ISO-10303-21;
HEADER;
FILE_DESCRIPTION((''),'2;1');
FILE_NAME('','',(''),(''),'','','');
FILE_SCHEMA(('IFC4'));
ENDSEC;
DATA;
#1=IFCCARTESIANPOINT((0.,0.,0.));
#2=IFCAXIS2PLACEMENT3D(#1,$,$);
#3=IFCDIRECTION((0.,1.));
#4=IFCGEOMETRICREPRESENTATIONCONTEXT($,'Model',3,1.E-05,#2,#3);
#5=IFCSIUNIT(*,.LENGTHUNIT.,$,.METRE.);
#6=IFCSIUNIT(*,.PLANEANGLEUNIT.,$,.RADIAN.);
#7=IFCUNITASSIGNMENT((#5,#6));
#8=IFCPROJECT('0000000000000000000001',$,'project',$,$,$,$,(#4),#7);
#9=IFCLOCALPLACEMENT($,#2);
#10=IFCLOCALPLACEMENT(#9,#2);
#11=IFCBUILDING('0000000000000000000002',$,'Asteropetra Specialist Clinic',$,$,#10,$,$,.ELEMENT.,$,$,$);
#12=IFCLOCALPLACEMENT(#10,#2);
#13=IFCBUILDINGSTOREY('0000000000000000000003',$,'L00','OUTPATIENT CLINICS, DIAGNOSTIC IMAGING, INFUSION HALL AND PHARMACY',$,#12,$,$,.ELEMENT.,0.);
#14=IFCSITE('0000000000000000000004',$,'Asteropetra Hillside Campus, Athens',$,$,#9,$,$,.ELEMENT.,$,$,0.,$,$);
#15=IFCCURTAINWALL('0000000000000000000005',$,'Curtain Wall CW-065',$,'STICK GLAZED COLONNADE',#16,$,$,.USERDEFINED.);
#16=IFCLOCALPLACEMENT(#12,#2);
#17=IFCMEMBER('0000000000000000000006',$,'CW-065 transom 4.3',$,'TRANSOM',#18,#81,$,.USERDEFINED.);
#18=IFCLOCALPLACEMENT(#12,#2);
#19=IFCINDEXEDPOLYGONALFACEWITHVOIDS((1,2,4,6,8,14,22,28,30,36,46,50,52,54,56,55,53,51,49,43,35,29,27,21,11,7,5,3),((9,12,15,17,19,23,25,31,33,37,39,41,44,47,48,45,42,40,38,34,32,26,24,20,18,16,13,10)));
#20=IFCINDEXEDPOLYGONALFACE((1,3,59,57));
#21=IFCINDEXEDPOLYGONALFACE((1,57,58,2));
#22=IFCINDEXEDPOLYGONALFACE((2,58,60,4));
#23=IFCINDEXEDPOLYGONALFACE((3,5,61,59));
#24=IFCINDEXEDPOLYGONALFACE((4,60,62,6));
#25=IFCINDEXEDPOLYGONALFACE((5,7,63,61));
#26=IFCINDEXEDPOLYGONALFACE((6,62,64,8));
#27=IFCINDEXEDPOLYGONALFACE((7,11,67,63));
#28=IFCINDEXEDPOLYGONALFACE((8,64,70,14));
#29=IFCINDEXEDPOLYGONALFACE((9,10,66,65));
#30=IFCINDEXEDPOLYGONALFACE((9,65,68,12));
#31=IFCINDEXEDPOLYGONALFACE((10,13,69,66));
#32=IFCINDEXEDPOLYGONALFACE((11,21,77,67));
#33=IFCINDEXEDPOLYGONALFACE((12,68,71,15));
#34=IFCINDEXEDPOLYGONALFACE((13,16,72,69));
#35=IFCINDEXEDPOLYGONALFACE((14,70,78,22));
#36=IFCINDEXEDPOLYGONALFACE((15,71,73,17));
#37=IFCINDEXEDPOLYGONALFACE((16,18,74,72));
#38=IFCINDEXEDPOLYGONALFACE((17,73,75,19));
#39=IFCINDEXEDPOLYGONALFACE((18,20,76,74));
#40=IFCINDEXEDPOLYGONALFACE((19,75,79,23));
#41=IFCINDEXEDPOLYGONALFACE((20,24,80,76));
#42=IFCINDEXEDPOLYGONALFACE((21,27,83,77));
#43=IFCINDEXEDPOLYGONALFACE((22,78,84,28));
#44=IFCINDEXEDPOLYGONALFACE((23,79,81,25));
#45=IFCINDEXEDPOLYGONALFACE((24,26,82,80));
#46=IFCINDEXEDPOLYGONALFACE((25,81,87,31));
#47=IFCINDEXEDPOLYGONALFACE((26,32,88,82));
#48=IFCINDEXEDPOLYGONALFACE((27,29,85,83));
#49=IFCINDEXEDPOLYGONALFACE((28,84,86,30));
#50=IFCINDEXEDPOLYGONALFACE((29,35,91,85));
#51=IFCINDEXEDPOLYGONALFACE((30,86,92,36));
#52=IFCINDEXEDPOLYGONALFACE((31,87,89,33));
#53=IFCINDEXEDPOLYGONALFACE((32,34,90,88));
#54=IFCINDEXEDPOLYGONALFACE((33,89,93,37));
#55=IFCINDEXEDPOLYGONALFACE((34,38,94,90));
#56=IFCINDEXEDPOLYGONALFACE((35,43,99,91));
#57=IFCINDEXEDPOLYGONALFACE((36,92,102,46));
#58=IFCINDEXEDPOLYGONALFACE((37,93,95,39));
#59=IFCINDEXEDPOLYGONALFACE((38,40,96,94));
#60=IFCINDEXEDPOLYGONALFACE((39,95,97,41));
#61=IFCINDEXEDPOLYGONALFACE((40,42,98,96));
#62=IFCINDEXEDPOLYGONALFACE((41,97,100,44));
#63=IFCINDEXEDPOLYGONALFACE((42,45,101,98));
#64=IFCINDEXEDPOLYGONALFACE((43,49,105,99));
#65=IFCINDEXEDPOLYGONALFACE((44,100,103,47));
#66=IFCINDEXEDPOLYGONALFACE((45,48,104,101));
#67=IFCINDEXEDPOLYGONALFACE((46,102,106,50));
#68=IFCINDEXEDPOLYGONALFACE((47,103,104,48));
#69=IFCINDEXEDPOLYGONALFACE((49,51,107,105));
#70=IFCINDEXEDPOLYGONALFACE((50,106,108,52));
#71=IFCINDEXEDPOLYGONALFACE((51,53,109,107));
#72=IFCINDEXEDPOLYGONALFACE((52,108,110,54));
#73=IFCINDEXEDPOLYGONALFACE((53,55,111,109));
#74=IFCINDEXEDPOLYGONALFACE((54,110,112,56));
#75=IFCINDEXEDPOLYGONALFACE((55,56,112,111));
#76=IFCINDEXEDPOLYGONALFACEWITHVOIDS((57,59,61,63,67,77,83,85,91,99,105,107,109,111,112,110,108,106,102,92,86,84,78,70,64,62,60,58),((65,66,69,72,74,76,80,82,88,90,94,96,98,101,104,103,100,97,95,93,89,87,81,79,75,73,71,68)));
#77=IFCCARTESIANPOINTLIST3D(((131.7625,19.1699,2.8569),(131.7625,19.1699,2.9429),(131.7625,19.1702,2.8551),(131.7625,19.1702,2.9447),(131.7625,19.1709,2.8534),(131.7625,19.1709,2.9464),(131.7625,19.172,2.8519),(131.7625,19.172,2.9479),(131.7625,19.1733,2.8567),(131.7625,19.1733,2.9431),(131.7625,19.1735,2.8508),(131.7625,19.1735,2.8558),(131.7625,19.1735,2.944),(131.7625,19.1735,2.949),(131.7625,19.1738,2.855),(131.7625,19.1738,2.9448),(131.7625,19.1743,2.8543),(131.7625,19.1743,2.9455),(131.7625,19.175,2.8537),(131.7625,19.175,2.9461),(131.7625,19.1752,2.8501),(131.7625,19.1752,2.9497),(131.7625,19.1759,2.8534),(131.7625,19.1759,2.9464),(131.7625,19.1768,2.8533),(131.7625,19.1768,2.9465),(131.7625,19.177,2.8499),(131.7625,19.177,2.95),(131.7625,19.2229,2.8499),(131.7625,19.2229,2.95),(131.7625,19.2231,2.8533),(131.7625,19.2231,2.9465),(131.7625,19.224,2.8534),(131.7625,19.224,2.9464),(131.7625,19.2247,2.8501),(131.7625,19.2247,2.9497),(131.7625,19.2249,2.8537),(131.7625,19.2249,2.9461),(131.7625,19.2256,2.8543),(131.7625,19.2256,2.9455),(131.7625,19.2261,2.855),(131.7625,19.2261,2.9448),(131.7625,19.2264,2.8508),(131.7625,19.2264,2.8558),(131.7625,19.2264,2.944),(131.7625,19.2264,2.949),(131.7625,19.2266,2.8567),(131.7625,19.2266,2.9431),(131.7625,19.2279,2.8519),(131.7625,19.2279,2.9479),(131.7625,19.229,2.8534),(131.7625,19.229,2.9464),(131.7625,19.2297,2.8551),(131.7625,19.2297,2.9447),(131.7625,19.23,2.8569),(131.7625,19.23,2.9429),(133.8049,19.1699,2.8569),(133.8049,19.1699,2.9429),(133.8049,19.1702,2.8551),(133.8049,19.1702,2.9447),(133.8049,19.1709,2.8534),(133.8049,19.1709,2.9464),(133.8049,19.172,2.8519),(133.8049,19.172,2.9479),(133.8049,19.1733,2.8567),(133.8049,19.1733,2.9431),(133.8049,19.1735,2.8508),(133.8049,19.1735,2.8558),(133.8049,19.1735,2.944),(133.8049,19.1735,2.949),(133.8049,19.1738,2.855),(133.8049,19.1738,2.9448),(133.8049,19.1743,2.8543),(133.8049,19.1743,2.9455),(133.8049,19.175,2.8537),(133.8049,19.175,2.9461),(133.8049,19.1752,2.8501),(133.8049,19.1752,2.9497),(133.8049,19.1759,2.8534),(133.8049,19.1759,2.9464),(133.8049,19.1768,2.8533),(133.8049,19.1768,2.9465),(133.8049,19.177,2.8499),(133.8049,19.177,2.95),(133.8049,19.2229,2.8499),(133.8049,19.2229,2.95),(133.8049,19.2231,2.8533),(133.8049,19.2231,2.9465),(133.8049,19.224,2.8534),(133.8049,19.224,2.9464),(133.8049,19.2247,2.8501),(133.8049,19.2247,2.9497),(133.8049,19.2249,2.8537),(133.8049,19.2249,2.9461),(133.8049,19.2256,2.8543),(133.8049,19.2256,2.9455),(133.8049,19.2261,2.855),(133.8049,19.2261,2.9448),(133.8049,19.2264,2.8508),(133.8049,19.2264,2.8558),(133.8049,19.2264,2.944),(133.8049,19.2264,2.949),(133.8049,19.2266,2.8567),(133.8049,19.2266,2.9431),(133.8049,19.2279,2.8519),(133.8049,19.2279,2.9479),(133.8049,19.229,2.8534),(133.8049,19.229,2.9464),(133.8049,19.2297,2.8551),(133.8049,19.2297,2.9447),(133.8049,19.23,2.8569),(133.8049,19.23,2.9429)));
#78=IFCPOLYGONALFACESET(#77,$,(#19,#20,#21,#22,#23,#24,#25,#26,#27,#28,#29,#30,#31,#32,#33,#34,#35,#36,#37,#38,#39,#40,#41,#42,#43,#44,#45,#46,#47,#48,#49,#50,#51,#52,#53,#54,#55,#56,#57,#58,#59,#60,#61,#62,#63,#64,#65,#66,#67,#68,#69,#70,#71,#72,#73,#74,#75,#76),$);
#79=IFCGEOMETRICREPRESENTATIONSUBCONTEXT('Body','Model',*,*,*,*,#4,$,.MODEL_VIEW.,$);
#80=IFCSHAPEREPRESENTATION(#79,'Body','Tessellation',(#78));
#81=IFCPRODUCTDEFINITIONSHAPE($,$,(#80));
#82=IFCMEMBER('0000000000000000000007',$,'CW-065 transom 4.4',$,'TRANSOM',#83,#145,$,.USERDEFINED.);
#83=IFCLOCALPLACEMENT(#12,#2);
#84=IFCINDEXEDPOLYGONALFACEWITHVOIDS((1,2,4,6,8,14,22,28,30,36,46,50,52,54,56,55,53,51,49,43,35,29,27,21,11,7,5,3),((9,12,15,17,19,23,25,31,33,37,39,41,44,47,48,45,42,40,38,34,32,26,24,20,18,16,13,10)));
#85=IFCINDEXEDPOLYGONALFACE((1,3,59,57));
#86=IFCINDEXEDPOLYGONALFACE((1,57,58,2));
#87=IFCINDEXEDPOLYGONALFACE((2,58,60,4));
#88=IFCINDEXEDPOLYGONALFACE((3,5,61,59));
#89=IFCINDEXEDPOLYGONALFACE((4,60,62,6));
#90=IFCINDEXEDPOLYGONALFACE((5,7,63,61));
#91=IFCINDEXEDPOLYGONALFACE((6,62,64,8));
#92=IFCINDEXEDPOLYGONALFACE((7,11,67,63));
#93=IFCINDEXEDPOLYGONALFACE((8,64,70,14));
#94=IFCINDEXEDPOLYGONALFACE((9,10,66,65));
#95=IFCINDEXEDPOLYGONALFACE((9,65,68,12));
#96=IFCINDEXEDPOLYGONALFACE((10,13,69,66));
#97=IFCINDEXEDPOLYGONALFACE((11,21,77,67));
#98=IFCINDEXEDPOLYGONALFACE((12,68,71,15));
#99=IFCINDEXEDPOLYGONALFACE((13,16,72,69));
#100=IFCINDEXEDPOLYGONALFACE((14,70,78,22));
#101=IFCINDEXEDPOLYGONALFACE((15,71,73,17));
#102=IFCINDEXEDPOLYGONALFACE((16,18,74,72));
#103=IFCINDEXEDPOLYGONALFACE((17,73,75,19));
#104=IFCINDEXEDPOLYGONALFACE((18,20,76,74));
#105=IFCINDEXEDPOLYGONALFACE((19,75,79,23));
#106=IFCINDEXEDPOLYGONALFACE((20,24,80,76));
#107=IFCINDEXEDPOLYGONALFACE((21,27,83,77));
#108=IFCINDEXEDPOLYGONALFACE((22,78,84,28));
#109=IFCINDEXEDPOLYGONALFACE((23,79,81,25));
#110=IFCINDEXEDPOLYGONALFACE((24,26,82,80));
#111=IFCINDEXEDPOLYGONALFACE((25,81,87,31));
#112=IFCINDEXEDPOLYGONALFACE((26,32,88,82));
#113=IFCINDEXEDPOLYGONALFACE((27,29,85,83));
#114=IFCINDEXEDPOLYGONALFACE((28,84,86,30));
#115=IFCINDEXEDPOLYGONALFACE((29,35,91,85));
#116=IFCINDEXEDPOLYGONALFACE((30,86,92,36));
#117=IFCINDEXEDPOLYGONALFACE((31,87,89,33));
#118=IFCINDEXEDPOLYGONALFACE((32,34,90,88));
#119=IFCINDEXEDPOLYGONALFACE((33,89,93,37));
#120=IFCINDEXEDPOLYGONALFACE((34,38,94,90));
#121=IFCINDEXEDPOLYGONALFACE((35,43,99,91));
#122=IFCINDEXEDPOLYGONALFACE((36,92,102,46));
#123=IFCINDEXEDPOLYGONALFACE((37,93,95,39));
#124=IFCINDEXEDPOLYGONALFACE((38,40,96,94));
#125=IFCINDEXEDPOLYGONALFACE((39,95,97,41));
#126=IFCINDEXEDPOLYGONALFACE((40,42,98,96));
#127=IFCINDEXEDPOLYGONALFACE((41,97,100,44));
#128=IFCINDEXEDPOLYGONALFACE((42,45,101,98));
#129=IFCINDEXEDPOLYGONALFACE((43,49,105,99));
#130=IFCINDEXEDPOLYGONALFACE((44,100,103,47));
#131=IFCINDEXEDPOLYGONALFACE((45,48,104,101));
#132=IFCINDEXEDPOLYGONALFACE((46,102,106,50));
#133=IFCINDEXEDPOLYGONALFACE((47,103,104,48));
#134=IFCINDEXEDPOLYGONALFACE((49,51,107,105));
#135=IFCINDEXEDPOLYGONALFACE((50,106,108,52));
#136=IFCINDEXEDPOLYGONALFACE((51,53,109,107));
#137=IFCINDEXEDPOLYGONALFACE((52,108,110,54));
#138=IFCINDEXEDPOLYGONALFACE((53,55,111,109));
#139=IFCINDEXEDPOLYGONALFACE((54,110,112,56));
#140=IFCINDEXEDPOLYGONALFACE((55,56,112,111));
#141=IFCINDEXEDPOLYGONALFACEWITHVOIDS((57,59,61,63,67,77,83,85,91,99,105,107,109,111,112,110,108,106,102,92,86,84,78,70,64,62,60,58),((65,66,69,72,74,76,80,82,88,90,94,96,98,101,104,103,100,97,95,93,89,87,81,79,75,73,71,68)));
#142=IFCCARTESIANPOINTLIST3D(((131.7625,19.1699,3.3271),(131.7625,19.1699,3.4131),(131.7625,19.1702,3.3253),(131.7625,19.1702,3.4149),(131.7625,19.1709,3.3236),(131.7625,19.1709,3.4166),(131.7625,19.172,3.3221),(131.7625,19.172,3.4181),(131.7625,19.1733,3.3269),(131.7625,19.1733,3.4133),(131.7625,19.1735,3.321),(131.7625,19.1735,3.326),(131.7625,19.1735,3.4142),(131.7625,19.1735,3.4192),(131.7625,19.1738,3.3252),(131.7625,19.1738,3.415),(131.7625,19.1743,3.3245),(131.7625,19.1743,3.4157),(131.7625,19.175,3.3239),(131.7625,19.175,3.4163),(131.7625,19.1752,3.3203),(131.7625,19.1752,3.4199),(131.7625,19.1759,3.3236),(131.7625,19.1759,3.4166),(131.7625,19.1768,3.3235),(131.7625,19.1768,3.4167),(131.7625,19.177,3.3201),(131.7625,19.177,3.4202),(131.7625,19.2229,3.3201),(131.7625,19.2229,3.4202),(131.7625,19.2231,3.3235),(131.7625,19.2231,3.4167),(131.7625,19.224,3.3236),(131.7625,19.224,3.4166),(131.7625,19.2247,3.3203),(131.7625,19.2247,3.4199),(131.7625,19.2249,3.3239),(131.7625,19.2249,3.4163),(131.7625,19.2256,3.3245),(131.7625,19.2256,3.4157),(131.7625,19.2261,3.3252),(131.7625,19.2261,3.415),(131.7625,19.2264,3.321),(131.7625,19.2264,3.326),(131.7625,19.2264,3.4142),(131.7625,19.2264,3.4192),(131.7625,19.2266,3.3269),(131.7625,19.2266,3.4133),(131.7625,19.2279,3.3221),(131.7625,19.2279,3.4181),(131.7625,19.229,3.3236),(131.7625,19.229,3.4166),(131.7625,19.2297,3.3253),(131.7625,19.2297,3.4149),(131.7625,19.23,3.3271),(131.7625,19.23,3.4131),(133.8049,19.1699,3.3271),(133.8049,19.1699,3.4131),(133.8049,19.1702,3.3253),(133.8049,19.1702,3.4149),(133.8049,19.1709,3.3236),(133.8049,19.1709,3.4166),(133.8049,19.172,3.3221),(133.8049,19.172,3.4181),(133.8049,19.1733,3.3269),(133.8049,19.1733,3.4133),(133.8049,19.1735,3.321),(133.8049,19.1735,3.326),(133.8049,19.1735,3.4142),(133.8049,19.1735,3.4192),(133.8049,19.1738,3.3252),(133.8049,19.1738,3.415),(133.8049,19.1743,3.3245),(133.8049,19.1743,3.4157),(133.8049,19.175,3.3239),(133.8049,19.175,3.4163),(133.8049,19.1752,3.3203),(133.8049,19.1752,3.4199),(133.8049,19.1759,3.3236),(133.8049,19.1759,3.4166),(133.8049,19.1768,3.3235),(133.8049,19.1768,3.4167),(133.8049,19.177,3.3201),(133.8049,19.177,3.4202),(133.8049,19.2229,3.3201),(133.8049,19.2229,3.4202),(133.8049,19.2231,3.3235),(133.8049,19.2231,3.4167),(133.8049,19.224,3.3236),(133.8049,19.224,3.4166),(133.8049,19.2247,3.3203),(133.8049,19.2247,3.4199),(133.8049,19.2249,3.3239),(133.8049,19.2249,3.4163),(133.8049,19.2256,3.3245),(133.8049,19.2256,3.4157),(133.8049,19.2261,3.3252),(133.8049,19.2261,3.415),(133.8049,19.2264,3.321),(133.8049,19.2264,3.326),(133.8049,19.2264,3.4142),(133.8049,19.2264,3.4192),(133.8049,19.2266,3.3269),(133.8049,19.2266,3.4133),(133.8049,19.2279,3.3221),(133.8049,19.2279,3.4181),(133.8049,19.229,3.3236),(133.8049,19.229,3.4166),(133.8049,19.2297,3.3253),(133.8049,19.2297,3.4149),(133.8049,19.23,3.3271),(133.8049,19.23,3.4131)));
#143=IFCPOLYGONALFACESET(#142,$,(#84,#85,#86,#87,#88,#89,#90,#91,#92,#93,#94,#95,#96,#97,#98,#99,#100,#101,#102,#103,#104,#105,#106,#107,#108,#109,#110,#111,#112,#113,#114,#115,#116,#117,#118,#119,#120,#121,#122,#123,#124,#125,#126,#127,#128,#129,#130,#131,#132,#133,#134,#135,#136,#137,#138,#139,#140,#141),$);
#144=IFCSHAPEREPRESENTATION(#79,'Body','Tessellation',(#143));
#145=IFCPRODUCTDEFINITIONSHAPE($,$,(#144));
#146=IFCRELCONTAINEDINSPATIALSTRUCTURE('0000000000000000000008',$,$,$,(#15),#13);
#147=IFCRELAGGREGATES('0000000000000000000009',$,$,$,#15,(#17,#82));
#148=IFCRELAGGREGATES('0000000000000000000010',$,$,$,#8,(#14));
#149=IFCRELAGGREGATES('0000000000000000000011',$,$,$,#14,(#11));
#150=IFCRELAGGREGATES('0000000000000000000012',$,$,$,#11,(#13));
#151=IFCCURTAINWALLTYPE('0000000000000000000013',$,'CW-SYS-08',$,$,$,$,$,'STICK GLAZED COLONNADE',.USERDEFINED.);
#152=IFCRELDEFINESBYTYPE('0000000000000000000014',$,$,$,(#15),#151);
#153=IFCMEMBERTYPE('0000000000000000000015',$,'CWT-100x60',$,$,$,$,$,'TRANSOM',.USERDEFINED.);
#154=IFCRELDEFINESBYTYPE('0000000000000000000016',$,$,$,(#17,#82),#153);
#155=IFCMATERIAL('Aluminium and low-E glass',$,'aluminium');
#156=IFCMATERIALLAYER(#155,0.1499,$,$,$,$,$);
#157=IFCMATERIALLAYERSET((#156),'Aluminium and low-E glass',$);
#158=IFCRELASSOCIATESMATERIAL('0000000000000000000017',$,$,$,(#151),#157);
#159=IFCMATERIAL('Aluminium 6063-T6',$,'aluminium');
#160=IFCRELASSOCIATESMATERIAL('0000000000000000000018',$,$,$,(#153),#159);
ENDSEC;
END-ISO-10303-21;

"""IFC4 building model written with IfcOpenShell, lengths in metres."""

from ifc_helpers import new_model, si_unit, direction, frame, origin, origin_2d, place, context, subcontext, project, spatial, hollow_rectangle, extrude, material, layer, layer_set, material_profile, profile_set, type_object, element, aggregate, save


model = new_model("IFC4")

# Units and contexts
model_context = context("Model", 3, precision=1e-05, world=origin(), true_north=direction((0.0, 1.0)))
body_context = subcontext(model_context, "Body", "Model", "MODEL_VIEW")
ifc_project = project(units=[si_unit("LENGTHUNIT", "METRE"), si_unit("PLANEANGLEUNIT", "RADIAN")], contexts=[model_context])

# Site, building, storey
site_placement = place(None, origin())
site = spatial("IfcSite", under=ifc_project, at=site_placement, Name="Asteropetra Hillside Campus, Athens", CompositionType="ELEMENT", RefElevation=0.0)
building_placement = place(site_placement, origin())
building = spatial("IfcBuilding", under=site, at=building_placement, Name="Asteropetra Specialist Clinic", CompositionType="ELEMENT")
storey_placement = place(building_placement, origin())
storey = spatial("IfcBuildingStorey", under=building, at=storey_placement, Name="L00", Description="OUTPATIENT CLINICS, DIAGNOSTIC IMAGING, INFUSION HALL AND PHARMACY", CompositionType="ELEMENT", Elevation=0.0)

# Curtain wall
ifc_material_1 = material(Name="Aluminium and low-E glass", Category="aluminium")
ifc_layer_1 = layer(ifc_material_1, 0.1499)
ifc_layer_set_1 = layer_set([ifc_layer_1], Name="Aluminium and low-E glass")
curtain_wall_type_1 = type_object("IfcCurtainWallType", Name="CW-SYS-08", ElementType="STICK GLAZED COLONNADE", PredefinedType="USERDEFINED", material=ifc_layer_set_1)
curtain_wall_1_placement = place(storey_placement, origin())
curtain_wall_1 = element("IfcCurtainWall", 1, at=curtain_wall_1_placement, inside=storey, type_object=curtain_wall_type_1, Name="Curtain Wall CW-065", ObjectType="STICK GLAZED COLONNADE", PredefinedType="USERDEFINED")

# Members
ifc_material_2 = material(Name="Aluminium 6063-T6", Category="aluminium")
ifc_material_profile_1 = material_profile(ifc_material_2, hollow_rectangle(XDim=0.0601, YDim=0.1001, WallThickness=0.0034, InnerFilletRadius=0.0034, OuterFilletRadius=0.0071, at=origin_2d()), Name="TRN 100x60x3.5")
ifc_profile_set_1 = profile_set([ifc_material_profile_1], Name="Aluminium 6063-T6")
member_type_1 = type_object("IfcMemberType", Name="CWT-100x60", ElementType="TRANSOM", PredefinedType="USERDEFINED", material=ifc_profile_set_1)
member_1_placement = place(storey_placement, frame((131.7625, 19.2, 2.8999), z_axis=(1.0, 0.0, 0.0), x_axis=(0.0, 1.0, 0.0)))
member_1 = element("IfcMember", 2, at=member_1_placement, type_object=member_type_1, Name="CW-065 transom 4.3", ObjectType="TRANSOM", PredefinedType="USERDEFINED", context=body_context, shape_type="SweptSolid", body=[
    extrude(hollow_rectangle(XDim=0.0601, YDim=0.1001, WallThickness=0.0034, InnerFilletRadius=0.0034, OuterFilletRadius=0.0071, at=origin_2d()), origin(), (0.0, 0.0, 1.0), 2.0425),
])
member_2_placement = place(storey_placement, frame((131.7625, 19.2, 3.3701), z_axis=(1.0, 0.0, 0.0), x_axis=(0.0, 1.0, 0.0)))
member_2 = element("IfcMember", 3, at=member_2_placement, type_object=member_type_1, Name="CW-065 transom 4.4", ObjectType="TRANSOM", PredefinedType="USERDEFINED", context=body_context, shape_type="SweptSolid", body=[
    extrude(hollow_rectangle(XDim=0.0601, YDim=0.1001, WallThickness=0.0034, InnerFilletRadius=0.0034, OuterFilletRadius=0.0071, at=origin_2d()), origin(), (0.0, 0.0, 1.0), 2.0425),
])

aggregate(curtain_wall_1, [member_1, member_2])

save(model, "model.ifc")
